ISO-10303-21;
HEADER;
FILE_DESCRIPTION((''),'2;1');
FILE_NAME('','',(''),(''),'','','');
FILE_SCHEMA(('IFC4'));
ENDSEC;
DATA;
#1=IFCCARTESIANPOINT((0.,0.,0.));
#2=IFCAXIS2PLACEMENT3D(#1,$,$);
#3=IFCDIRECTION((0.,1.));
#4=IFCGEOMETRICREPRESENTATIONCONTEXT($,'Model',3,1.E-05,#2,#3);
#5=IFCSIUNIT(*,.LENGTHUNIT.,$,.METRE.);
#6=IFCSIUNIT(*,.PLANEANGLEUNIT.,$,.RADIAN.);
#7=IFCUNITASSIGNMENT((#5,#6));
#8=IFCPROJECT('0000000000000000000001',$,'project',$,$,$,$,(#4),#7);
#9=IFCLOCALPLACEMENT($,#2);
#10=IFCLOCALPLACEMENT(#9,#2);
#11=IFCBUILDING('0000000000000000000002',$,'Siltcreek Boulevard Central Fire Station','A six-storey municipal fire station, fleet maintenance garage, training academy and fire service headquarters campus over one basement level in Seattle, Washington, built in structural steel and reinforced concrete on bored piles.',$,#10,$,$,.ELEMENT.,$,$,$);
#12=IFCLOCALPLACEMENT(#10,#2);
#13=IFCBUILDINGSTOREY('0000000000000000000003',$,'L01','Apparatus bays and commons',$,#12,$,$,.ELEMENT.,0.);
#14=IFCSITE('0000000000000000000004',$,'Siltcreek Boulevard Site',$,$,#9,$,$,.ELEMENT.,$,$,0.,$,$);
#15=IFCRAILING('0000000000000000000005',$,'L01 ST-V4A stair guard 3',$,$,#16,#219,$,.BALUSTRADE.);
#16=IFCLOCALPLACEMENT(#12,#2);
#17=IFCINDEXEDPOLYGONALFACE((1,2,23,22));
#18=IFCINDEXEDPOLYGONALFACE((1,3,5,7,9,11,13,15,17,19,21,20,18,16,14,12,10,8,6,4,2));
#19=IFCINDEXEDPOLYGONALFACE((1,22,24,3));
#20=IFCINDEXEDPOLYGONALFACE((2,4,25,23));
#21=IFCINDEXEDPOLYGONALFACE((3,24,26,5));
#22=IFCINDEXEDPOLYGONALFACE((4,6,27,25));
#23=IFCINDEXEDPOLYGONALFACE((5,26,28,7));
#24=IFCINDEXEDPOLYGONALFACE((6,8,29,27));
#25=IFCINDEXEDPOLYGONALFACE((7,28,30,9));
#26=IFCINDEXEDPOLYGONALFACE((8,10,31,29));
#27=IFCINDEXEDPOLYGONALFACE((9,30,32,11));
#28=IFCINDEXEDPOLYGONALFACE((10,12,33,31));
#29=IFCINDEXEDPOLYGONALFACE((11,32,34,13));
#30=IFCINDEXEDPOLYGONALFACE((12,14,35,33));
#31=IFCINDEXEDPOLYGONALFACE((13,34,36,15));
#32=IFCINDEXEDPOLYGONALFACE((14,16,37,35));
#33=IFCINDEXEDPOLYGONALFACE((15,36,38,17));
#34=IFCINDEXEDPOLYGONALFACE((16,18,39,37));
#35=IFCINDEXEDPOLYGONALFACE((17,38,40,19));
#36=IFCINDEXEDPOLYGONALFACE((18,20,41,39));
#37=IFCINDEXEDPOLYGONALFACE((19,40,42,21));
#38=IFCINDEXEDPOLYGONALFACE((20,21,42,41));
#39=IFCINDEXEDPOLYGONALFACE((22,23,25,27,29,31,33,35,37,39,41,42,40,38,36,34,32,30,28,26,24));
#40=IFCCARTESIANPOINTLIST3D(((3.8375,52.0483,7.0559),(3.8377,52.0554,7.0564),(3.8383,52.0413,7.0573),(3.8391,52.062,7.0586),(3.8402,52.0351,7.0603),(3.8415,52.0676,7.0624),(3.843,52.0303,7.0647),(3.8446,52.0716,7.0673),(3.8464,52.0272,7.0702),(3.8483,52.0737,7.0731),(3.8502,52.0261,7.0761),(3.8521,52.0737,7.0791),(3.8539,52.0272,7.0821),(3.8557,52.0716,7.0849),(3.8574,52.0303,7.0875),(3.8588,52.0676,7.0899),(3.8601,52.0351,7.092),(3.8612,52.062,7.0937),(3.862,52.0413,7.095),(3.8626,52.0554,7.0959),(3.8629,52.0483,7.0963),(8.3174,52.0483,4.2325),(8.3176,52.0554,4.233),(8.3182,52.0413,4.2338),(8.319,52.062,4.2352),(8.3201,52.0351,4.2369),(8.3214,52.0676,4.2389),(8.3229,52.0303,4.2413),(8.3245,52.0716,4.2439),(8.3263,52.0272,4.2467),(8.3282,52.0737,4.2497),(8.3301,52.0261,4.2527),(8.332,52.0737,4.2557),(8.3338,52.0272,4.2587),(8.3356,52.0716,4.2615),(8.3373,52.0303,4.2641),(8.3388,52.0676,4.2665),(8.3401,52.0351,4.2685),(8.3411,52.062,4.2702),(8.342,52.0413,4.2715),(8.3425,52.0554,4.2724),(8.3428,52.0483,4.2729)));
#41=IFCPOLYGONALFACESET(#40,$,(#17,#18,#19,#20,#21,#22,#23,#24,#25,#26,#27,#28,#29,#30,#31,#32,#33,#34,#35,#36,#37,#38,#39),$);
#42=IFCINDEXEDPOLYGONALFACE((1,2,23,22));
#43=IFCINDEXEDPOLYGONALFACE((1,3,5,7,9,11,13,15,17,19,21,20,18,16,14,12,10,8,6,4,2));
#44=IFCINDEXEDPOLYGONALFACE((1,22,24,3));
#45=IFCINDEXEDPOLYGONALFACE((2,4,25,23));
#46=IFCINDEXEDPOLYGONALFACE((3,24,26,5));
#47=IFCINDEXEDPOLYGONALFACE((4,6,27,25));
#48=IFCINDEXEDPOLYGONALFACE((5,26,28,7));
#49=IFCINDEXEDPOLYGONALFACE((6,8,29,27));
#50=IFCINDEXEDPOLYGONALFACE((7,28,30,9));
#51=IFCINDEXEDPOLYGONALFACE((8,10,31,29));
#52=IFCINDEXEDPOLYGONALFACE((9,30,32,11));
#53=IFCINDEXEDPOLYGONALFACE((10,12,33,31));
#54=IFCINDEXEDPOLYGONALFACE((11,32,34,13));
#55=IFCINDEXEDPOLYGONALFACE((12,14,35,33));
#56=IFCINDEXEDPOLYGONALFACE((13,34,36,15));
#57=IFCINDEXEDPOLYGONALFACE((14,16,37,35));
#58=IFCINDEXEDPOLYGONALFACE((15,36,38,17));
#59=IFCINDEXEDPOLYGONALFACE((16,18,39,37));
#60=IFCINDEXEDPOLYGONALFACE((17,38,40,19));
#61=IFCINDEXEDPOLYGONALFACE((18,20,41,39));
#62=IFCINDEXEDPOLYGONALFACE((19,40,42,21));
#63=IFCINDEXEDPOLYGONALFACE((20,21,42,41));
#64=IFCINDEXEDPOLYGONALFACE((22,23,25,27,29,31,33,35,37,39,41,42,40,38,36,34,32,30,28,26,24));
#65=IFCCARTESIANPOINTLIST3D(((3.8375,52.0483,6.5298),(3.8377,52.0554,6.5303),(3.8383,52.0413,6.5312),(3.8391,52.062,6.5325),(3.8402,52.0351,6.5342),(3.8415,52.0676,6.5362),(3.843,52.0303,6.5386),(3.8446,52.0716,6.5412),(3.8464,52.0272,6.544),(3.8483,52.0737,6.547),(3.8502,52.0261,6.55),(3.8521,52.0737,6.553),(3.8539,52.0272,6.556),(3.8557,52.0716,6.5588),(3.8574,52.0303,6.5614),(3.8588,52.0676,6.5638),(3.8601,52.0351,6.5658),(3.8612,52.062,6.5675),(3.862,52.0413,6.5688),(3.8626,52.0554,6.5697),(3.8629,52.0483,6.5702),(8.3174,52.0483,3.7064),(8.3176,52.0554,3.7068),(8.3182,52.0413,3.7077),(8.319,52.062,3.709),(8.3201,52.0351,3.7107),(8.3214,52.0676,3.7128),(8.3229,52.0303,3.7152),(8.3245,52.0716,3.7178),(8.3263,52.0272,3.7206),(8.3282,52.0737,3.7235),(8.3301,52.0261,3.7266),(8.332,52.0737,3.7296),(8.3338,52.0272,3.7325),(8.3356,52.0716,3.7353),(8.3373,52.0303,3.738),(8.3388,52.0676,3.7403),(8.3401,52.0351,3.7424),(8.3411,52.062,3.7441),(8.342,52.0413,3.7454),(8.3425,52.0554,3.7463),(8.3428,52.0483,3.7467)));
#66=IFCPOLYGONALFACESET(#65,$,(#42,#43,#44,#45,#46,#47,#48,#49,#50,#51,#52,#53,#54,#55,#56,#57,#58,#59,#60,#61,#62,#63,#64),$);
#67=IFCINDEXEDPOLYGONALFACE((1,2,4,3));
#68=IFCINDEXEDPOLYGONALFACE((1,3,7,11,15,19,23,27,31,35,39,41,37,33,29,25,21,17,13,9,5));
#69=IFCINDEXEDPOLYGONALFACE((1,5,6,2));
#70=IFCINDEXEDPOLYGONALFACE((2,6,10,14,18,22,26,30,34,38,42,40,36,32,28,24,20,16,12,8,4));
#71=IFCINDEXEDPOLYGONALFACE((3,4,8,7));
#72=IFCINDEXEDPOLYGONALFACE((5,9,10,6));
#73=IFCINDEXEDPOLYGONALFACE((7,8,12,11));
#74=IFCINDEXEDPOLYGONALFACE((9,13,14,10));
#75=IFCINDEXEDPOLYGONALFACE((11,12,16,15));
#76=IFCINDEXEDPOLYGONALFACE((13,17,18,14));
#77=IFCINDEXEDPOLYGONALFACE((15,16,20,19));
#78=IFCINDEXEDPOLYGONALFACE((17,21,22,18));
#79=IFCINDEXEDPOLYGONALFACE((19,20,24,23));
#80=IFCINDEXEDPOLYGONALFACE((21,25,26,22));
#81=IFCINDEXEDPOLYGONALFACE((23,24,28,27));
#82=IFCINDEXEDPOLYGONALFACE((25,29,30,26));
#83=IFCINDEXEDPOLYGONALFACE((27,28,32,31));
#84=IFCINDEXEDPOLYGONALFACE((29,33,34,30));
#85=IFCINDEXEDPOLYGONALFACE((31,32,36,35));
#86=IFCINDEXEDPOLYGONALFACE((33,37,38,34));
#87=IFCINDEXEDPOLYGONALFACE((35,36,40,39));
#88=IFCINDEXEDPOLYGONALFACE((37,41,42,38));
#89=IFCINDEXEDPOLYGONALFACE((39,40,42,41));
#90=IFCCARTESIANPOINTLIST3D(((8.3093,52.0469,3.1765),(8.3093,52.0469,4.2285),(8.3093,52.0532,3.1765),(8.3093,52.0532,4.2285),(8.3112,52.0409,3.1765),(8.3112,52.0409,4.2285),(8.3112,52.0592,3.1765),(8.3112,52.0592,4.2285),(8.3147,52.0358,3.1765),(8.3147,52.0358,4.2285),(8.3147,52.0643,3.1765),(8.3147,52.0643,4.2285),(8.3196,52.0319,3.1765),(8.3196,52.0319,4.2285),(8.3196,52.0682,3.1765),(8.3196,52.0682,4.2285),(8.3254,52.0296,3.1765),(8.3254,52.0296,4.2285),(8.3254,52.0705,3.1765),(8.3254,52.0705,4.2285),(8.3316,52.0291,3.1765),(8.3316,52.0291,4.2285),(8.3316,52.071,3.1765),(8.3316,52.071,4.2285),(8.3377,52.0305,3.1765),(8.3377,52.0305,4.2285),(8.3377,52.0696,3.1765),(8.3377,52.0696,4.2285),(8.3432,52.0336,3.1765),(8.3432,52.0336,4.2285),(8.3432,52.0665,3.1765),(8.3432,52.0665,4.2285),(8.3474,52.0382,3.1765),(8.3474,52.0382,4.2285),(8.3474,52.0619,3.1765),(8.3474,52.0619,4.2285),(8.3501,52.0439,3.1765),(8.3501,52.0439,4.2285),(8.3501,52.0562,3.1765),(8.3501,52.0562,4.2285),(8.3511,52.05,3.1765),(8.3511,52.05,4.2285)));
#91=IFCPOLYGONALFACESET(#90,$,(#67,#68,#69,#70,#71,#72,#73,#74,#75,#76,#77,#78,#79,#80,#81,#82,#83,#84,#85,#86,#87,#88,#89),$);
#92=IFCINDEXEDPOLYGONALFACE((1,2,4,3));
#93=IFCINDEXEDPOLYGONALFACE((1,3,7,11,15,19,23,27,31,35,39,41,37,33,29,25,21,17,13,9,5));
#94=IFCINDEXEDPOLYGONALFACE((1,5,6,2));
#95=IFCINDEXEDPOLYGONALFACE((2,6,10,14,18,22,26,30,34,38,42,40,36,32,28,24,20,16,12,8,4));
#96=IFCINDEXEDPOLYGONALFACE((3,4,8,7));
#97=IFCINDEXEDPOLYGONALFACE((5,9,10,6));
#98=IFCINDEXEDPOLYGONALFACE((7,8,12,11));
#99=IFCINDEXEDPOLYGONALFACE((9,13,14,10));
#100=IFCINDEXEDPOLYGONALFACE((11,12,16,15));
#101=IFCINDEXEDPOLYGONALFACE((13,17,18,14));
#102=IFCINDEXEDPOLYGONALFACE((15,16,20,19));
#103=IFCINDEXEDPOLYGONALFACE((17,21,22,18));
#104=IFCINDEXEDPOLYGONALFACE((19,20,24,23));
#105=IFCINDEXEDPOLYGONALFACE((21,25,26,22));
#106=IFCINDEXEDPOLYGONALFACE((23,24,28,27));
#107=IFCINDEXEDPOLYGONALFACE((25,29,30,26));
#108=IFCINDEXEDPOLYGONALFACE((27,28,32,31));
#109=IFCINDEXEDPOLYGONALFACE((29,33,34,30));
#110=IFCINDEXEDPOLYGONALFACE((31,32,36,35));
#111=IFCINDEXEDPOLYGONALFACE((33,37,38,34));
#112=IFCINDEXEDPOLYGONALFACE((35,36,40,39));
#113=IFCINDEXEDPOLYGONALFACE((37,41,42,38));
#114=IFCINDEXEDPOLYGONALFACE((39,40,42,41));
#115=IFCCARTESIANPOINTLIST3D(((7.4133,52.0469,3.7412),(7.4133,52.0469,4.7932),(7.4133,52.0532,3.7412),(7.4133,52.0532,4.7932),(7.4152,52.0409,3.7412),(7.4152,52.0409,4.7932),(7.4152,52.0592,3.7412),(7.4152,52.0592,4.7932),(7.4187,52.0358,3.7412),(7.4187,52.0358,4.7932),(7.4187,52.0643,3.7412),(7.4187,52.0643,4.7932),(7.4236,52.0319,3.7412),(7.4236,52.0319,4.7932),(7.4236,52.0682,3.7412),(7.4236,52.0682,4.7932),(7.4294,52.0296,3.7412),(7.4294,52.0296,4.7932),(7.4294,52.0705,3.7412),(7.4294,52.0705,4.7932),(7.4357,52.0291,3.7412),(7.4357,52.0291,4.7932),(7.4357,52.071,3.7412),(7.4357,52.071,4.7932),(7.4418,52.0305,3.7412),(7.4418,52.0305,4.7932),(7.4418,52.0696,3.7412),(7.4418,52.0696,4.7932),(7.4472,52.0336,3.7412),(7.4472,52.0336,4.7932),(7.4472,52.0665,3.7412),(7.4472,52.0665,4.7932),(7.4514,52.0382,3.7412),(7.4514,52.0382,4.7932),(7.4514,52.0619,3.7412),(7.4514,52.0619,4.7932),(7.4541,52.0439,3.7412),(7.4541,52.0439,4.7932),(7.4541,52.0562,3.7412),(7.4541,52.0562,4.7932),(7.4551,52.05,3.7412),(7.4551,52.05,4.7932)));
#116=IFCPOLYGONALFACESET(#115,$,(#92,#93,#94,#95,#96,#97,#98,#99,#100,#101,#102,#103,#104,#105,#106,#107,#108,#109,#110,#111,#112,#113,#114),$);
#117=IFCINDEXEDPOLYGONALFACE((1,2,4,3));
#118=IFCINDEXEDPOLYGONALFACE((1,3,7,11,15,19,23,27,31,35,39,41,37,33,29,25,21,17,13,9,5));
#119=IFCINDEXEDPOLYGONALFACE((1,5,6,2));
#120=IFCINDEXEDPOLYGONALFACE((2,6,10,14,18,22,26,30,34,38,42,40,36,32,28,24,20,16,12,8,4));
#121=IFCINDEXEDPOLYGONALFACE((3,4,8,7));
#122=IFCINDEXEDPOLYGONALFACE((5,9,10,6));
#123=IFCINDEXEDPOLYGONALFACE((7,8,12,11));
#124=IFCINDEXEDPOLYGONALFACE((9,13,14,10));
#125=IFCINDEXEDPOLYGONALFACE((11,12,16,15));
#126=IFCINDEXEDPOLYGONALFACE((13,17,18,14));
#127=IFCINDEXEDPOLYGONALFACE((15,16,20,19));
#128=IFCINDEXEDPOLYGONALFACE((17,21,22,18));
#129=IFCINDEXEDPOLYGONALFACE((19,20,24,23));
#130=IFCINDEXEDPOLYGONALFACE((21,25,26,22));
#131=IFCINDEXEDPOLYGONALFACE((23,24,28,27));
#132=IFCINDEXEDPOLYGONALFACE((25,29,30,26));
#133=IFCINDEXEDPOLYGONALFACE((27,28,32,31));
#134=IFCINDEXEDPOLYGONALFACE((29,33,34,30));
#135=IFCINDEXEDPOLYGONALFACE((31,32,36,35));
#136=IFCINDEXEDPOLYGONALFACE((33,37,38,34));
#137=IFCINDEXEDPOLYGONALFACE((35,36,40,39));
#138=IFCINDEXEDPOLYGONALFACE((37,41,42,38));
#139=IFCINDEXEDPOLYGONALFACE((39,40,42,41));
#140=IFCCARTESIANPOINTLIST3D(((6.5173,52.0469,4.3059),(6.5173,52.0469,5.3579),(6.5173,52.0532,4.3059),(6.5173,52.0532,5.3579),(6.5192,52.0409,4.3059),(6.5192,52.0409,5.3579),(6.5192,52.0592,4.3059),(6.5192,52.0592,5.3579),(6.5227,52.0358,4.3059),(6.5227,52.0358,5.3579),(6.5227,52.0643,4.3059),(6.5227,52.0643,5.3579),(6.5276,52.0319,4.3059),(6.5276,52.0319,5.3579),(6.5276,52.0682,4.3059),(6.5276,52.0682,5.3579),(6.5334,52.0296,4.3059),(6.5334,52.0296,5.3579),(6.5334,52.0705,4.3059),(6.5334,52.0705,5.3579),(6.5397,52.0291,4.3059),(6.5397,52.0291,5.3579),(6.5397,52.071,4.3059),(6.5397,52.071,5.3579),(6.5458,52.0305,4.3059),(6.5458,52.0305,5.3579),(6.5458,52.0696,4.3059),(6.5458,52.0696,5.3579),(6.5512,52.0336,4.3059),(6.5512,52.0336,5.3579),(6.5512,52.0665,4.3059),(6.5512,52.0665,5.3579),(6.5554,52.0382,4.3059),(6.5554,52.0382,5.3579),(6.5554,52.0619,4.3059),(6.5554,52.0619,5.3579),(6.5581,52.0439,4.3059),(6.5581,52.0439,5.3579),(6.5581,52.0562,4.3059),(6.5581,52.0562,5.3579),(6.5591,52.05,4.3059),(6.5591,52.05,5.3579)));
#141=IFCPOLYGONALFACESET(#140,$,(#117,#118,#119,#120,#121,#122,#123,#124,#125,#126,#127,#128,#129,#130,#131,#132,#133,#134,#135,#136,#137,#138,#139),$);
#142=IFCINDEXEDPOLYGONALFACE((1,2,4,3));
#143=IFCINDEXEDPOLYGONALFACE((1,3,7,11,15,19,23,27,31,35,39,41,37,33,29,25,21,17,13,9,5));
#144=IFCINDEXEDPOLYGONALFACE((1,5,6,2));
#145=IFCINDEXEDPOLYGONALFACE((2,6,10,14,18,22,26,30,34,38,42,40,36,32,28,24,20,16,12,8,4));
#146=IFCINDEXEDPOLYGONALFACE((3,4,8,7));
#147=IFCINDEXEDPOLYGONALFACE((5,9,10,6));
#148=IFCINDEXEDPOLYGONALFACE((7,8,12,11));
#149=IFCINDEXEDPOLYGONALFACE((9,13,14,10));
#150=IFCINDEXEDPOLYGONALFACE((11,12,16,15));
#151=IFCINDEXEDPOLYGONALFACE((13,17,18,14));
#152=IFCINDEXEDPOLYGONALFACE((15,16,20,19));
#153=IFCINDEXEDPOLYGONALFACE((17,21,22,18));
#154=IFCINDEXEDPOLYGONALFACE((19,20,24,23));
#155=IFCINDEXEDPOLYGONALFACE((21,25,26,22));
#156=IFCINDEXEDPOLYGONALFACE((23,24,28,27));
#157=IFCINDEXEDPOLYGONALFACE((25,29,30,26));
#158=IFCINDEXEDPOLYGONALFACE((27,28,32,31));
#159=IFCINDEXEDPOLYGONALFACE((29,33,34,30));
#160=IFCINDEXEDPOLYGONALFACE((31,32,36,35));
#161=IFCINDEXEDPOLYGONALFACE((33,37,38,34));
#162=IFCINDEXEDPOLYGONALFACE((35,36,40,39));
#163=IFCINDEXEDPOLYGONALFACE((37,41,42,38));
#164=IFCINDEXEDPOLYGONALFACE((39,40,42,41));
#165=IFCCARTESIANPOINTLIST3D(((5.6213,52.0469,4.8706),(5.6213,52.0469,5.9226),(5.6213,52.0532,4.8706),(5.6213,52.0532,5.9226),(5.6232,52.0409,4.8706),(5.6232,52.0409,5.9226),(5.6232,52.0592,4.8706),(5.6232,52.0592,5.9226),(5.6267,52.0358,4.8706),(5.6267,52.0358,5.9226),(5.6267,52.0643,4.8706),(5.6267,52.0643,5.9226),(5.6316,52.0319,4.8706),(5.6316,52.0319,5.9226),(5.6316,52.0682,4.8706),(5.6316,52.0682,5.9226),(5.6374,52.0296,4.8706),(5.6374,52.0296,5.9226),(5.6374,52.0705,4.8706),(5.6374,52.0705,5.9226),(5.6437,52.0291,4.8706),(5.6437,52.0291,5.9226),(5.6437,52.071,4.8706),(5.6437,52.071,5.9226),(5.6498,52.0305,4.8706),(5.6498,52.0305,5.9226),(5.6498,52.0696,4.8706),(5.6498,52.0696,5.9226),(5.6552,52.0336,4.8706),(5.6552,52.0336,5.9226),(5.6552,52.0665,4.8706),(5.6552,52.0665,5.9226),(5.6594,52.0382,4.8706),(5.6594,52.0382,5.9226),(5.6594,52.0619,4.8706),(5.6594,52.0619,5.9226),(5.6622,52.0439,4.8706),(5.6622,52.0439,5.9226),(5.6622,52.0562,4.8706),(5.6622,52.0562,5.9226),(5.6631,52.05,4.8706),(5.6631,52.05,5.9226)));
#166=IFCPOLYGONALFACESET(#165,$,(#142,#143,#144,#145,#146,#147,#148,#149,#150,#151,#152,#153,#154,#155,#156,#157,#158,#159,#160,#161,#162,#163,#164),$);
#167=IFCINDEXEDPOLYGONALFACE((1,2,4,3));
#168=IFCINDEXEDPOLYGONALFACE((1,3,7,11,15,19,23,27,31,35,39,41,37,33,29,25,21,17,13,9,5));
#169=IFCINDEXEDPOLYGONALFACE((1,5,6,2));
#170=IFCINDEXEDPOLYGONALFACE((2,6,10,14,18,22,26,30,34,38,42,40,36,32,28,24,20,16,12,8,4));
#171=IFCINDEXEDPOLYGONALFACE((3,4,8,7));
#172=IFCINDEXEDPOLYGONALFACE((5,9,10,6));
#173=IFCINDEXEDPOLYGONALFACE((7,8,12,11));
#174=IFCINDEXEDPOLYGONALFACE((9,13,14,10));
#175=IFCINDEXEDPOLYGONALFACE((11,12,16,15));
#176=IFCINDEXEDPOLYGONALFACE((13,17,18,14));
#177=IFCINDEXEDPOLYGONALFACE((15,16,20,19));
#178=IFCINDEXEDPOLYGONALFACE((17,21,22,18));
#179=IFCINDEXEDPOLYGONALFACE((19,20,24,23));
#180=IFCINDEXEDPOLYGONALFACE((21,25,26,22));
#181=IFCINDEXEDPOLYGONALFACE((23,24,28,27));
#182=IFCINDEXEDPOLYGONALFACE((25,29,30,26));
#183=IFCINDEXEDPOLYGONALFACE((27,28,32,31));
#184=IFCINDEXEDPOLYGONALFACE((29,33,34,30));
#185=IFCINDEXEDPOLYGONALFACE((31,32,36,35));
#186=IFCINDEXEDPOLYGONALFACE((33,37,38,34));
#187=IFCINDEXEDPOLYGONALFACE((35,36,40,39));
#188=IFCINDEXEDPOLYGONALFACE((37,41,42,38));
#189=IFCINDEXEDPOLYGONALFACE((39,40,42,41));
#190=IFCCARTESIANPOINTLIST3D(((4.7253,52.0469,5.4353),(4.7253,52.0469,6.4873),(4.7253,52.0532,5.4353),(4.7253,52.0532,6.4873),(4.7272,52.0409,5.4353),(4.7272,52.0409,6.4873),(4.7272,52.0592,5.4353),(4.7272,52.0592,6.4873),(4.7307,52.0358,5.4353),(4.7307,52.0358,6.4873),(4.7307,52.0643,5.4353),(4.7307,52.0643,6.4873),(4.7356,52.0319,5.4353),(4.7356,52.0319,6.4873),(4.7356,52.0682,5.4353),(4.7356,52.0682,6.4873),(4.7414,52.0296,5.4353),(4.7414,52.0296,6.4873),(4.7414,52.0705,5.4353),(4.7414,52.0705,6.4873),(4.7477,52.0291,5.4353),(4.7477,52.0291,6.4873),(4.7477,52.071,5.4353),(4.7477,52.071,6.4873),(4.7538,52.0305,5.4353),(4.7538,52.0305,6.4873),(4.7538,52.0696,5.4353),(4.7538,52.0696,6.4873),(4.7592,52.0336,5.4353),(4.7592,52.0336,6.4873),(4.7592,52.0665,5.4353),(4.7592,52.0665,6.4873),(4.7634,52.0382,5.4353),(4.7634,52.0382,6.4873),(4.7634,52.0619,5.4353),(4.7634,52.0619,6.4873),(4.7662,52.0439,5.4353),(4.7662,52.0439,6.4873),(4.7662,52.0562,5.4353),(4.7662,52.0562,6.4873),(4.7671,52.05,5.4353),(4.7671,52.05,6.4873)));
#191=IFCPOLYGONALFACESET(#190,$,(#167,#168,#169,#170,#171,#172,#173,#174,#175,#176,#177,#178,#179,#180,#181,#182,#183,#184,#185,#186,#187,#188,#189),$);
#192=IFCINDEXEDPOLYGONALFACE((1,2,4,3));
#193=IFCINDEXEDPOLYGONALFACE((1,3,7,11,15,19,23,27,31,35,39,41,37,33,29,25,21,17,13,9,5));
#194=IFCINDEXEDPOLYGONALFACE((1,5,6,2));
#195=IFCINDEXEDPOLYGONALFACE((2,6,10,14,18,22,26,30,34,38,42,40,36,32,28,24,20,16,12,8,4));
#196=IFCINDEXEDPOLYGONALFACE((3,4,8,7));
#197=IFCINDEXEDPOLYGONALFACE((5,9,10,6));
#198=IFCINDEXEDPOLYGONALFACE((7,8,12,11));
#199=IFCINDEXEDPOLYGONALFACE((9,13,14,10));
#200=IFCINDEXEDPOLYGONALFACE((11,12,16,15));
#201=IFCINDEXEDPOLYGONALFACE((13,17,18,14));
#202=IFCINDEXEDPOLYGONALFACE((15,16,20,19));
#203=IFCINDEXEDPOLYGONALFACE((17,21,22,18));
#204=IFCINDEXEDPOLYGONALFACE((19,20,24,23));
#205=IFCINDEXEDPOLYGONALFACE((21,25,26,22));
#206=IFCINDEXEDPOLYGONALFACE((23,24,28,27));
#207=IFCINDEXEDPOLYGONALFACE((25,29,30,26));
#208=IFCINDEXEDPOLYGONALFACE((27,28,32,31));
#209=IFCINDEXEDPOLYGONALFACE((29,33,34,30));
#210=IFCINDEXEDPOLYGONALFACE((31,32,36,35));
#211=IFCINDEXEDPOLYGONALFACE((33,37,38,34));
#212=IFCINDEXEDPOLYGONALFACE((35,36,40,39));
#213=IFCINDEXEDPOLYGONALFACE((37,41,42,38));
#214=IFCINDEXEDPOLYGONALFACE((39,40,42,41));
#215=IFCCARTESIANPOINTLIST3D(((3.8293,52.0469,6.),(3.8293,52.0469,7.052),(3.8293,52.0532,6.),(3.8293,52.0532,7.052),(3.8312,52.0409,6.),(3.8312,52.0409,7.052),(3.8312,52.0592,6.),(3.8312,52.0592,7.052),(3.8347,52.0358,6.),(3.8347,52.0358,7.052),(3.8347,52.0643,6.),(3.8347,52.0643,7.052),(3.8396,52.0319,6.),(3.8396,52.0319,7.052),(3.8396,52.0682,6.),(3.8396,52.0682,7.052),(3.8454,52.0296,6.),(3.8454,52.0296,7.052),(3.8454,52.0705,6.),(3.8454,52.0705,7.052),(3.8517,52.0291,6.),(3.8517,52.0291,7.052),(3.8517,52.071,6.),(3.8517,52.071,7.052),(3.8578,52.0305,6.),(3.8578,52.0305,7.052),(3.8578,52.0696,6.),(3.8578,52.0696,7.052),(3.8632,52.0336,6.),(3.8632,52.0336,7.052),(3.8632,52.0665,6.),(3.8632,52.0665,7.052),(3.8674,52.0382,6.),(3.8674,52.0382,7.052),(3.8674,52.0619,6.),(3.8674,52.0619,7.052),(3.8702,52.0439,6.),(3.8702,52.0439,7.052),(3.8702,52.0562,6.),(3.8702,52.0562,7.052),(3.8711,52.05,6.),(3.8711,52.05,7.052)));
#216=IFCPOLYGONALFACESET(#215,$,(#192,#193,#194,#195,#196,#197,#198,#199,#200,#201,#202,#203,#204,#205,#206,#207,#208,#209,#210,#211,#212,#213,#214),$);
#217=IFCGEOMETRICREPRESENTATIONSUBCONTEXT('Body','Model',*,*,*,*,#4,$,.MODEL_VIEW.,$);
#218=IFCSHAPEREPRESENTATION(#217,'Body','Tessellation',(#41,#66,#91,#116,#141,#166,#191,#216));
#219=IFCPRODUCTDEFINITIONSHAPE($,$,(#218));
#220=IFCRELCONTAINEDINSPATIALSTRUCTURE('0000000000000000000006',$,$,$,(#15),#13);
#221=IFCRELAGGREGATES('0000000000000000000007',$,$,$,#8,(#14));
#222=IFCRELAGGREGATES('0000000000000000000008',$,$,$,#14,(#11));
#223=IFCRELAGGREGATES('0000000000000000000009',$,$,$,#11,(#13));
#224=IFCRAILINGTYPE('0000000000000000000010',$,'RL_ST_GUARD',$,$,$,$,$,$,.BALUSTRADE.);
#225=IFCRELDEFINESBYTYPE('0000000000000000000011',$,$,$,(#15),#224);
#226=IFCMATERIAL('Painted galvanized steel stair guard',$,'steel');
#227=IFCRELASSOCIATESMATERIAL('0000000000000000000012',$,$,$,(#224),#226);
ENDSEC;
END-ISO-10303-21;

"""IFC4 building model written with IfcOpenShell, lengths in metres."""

from ifc_helpers import new_model, si_unit, direction, frame, origin, origin_2d, place, context, subcontext, project, spatial, circle, extrude, material, type_object, element, save


model = new_model("IFC4")

# Units and contexts
model_context = context("Model", 3, precision=1e-05, world=origin(), true_north=direction((0.0, 1.0)))
body_context = subcontext(model_context, "Body", "Model", "MODEL_VIEW")
ifc_project = project(units=[si_unit("LENGTHUNIT", "METRE"), si_unit("PLANEANGLEUNIT", "RADIAN")], contexts=[model_context])

# Site, building, storey
site_placement = place(None, origin())
site = spatial("IfcSite", under=ifc_project, at=site_placement, Name="Siltcreek Boulevard Site", CompositionType="ELEMENT", RefElevation=0.0)
building_placement = place(site_placement, origin())
building = spatial("IfcBuilding", under=site, at=building_placement, Name="Siltcreek Boulevard Central Fire Station", Description="A six-storey municipal fire station, fleet maintenance garage, training academy and fire service headquarters campus over one basement level in Seattle, Washington, built in structural steel and reinforced concrete on bored piles.", CompositionType="ELEMENT")
storey_placement = place(building_placement, origin())
storey = spatial("IfcBuildingStorey", under=building, at=storey_placement, Name="L01", Description="Apparatus bays and commons", CompositionType="ELEMENT", Elevation=0.0)

# Railing
ifc_material_1 = material(Name="Painted galvanized steel stair guard", Category="steel")
railing_type_1 = type_object("IfcRailingType", Name="RL_ST_GUARD", PredefinedType="BALUSTRADE", material=ifc_material_1)
railing_1_placement = place(storey_placement, frame((8.3301, 52.05, 3.1765)))
element("IfcRailing", 1, at=railing_1_placement, inside=storey, type_object=railing_type_1, Name="L01 ST-V4A stair guard 3", PredefinedType="BALUSTRADE", context=body_context, shape_type="SweptSolid", body=[
    extrude(circle(Radius=0.0239, at=origin_2d()), frame((0.0, 0.0, 1.0762), z_axis=(-0.845998, 0.0, 0.533186), x_axis=(0.0, -1.0, 0.0)), (0.0, 0.0, 1.0), 5.2954),
    extrude(circle(Radius=0.0239, at=origin_2d()), frame((0.0, 0.0, 0.55), z_axis=(-0.845998, 0.0, 0.533186), x_axis=(0.0, -1.0, 0.0)), (0.0, 0.0, 1.0), 5.2954),
    extrude(circle(Radius=0.021, at=origin_2d()), origin(), (0.0, 0.0, 1.0), 1.052),
    extrude(circle(Radius=0.021, at=origin_2d()), frame((-0.896, 0.0, 0.5647)), (0.0, 0.0, 1.0), 1.052),
    extrude(circle(Radius=0.021, at=origin_2d()), frame((-1.792, 0.0, 1.1294)), (0.0, 0.0, 1.0), 1.052),
    extrude(circle(Radius=0.021, at=origin_2d()), frame((-2.688, 0.0, 1.6941)), (0.0, 0.0, 1.0), 1.052),
    extrude(circle(Radius=0.021, at=origin_2d()), frame((-3.584, 0.0, 2.2588)), (0.0, 0.0, 1.0), 1.052),
    extrude(circle(Radius=0.021, at=origin_2d()), frame((-4.48, 0.0, 2.8235)), (0.0, 0.0, 1.0), 1.052),
])

save(model, "model.ifc")
